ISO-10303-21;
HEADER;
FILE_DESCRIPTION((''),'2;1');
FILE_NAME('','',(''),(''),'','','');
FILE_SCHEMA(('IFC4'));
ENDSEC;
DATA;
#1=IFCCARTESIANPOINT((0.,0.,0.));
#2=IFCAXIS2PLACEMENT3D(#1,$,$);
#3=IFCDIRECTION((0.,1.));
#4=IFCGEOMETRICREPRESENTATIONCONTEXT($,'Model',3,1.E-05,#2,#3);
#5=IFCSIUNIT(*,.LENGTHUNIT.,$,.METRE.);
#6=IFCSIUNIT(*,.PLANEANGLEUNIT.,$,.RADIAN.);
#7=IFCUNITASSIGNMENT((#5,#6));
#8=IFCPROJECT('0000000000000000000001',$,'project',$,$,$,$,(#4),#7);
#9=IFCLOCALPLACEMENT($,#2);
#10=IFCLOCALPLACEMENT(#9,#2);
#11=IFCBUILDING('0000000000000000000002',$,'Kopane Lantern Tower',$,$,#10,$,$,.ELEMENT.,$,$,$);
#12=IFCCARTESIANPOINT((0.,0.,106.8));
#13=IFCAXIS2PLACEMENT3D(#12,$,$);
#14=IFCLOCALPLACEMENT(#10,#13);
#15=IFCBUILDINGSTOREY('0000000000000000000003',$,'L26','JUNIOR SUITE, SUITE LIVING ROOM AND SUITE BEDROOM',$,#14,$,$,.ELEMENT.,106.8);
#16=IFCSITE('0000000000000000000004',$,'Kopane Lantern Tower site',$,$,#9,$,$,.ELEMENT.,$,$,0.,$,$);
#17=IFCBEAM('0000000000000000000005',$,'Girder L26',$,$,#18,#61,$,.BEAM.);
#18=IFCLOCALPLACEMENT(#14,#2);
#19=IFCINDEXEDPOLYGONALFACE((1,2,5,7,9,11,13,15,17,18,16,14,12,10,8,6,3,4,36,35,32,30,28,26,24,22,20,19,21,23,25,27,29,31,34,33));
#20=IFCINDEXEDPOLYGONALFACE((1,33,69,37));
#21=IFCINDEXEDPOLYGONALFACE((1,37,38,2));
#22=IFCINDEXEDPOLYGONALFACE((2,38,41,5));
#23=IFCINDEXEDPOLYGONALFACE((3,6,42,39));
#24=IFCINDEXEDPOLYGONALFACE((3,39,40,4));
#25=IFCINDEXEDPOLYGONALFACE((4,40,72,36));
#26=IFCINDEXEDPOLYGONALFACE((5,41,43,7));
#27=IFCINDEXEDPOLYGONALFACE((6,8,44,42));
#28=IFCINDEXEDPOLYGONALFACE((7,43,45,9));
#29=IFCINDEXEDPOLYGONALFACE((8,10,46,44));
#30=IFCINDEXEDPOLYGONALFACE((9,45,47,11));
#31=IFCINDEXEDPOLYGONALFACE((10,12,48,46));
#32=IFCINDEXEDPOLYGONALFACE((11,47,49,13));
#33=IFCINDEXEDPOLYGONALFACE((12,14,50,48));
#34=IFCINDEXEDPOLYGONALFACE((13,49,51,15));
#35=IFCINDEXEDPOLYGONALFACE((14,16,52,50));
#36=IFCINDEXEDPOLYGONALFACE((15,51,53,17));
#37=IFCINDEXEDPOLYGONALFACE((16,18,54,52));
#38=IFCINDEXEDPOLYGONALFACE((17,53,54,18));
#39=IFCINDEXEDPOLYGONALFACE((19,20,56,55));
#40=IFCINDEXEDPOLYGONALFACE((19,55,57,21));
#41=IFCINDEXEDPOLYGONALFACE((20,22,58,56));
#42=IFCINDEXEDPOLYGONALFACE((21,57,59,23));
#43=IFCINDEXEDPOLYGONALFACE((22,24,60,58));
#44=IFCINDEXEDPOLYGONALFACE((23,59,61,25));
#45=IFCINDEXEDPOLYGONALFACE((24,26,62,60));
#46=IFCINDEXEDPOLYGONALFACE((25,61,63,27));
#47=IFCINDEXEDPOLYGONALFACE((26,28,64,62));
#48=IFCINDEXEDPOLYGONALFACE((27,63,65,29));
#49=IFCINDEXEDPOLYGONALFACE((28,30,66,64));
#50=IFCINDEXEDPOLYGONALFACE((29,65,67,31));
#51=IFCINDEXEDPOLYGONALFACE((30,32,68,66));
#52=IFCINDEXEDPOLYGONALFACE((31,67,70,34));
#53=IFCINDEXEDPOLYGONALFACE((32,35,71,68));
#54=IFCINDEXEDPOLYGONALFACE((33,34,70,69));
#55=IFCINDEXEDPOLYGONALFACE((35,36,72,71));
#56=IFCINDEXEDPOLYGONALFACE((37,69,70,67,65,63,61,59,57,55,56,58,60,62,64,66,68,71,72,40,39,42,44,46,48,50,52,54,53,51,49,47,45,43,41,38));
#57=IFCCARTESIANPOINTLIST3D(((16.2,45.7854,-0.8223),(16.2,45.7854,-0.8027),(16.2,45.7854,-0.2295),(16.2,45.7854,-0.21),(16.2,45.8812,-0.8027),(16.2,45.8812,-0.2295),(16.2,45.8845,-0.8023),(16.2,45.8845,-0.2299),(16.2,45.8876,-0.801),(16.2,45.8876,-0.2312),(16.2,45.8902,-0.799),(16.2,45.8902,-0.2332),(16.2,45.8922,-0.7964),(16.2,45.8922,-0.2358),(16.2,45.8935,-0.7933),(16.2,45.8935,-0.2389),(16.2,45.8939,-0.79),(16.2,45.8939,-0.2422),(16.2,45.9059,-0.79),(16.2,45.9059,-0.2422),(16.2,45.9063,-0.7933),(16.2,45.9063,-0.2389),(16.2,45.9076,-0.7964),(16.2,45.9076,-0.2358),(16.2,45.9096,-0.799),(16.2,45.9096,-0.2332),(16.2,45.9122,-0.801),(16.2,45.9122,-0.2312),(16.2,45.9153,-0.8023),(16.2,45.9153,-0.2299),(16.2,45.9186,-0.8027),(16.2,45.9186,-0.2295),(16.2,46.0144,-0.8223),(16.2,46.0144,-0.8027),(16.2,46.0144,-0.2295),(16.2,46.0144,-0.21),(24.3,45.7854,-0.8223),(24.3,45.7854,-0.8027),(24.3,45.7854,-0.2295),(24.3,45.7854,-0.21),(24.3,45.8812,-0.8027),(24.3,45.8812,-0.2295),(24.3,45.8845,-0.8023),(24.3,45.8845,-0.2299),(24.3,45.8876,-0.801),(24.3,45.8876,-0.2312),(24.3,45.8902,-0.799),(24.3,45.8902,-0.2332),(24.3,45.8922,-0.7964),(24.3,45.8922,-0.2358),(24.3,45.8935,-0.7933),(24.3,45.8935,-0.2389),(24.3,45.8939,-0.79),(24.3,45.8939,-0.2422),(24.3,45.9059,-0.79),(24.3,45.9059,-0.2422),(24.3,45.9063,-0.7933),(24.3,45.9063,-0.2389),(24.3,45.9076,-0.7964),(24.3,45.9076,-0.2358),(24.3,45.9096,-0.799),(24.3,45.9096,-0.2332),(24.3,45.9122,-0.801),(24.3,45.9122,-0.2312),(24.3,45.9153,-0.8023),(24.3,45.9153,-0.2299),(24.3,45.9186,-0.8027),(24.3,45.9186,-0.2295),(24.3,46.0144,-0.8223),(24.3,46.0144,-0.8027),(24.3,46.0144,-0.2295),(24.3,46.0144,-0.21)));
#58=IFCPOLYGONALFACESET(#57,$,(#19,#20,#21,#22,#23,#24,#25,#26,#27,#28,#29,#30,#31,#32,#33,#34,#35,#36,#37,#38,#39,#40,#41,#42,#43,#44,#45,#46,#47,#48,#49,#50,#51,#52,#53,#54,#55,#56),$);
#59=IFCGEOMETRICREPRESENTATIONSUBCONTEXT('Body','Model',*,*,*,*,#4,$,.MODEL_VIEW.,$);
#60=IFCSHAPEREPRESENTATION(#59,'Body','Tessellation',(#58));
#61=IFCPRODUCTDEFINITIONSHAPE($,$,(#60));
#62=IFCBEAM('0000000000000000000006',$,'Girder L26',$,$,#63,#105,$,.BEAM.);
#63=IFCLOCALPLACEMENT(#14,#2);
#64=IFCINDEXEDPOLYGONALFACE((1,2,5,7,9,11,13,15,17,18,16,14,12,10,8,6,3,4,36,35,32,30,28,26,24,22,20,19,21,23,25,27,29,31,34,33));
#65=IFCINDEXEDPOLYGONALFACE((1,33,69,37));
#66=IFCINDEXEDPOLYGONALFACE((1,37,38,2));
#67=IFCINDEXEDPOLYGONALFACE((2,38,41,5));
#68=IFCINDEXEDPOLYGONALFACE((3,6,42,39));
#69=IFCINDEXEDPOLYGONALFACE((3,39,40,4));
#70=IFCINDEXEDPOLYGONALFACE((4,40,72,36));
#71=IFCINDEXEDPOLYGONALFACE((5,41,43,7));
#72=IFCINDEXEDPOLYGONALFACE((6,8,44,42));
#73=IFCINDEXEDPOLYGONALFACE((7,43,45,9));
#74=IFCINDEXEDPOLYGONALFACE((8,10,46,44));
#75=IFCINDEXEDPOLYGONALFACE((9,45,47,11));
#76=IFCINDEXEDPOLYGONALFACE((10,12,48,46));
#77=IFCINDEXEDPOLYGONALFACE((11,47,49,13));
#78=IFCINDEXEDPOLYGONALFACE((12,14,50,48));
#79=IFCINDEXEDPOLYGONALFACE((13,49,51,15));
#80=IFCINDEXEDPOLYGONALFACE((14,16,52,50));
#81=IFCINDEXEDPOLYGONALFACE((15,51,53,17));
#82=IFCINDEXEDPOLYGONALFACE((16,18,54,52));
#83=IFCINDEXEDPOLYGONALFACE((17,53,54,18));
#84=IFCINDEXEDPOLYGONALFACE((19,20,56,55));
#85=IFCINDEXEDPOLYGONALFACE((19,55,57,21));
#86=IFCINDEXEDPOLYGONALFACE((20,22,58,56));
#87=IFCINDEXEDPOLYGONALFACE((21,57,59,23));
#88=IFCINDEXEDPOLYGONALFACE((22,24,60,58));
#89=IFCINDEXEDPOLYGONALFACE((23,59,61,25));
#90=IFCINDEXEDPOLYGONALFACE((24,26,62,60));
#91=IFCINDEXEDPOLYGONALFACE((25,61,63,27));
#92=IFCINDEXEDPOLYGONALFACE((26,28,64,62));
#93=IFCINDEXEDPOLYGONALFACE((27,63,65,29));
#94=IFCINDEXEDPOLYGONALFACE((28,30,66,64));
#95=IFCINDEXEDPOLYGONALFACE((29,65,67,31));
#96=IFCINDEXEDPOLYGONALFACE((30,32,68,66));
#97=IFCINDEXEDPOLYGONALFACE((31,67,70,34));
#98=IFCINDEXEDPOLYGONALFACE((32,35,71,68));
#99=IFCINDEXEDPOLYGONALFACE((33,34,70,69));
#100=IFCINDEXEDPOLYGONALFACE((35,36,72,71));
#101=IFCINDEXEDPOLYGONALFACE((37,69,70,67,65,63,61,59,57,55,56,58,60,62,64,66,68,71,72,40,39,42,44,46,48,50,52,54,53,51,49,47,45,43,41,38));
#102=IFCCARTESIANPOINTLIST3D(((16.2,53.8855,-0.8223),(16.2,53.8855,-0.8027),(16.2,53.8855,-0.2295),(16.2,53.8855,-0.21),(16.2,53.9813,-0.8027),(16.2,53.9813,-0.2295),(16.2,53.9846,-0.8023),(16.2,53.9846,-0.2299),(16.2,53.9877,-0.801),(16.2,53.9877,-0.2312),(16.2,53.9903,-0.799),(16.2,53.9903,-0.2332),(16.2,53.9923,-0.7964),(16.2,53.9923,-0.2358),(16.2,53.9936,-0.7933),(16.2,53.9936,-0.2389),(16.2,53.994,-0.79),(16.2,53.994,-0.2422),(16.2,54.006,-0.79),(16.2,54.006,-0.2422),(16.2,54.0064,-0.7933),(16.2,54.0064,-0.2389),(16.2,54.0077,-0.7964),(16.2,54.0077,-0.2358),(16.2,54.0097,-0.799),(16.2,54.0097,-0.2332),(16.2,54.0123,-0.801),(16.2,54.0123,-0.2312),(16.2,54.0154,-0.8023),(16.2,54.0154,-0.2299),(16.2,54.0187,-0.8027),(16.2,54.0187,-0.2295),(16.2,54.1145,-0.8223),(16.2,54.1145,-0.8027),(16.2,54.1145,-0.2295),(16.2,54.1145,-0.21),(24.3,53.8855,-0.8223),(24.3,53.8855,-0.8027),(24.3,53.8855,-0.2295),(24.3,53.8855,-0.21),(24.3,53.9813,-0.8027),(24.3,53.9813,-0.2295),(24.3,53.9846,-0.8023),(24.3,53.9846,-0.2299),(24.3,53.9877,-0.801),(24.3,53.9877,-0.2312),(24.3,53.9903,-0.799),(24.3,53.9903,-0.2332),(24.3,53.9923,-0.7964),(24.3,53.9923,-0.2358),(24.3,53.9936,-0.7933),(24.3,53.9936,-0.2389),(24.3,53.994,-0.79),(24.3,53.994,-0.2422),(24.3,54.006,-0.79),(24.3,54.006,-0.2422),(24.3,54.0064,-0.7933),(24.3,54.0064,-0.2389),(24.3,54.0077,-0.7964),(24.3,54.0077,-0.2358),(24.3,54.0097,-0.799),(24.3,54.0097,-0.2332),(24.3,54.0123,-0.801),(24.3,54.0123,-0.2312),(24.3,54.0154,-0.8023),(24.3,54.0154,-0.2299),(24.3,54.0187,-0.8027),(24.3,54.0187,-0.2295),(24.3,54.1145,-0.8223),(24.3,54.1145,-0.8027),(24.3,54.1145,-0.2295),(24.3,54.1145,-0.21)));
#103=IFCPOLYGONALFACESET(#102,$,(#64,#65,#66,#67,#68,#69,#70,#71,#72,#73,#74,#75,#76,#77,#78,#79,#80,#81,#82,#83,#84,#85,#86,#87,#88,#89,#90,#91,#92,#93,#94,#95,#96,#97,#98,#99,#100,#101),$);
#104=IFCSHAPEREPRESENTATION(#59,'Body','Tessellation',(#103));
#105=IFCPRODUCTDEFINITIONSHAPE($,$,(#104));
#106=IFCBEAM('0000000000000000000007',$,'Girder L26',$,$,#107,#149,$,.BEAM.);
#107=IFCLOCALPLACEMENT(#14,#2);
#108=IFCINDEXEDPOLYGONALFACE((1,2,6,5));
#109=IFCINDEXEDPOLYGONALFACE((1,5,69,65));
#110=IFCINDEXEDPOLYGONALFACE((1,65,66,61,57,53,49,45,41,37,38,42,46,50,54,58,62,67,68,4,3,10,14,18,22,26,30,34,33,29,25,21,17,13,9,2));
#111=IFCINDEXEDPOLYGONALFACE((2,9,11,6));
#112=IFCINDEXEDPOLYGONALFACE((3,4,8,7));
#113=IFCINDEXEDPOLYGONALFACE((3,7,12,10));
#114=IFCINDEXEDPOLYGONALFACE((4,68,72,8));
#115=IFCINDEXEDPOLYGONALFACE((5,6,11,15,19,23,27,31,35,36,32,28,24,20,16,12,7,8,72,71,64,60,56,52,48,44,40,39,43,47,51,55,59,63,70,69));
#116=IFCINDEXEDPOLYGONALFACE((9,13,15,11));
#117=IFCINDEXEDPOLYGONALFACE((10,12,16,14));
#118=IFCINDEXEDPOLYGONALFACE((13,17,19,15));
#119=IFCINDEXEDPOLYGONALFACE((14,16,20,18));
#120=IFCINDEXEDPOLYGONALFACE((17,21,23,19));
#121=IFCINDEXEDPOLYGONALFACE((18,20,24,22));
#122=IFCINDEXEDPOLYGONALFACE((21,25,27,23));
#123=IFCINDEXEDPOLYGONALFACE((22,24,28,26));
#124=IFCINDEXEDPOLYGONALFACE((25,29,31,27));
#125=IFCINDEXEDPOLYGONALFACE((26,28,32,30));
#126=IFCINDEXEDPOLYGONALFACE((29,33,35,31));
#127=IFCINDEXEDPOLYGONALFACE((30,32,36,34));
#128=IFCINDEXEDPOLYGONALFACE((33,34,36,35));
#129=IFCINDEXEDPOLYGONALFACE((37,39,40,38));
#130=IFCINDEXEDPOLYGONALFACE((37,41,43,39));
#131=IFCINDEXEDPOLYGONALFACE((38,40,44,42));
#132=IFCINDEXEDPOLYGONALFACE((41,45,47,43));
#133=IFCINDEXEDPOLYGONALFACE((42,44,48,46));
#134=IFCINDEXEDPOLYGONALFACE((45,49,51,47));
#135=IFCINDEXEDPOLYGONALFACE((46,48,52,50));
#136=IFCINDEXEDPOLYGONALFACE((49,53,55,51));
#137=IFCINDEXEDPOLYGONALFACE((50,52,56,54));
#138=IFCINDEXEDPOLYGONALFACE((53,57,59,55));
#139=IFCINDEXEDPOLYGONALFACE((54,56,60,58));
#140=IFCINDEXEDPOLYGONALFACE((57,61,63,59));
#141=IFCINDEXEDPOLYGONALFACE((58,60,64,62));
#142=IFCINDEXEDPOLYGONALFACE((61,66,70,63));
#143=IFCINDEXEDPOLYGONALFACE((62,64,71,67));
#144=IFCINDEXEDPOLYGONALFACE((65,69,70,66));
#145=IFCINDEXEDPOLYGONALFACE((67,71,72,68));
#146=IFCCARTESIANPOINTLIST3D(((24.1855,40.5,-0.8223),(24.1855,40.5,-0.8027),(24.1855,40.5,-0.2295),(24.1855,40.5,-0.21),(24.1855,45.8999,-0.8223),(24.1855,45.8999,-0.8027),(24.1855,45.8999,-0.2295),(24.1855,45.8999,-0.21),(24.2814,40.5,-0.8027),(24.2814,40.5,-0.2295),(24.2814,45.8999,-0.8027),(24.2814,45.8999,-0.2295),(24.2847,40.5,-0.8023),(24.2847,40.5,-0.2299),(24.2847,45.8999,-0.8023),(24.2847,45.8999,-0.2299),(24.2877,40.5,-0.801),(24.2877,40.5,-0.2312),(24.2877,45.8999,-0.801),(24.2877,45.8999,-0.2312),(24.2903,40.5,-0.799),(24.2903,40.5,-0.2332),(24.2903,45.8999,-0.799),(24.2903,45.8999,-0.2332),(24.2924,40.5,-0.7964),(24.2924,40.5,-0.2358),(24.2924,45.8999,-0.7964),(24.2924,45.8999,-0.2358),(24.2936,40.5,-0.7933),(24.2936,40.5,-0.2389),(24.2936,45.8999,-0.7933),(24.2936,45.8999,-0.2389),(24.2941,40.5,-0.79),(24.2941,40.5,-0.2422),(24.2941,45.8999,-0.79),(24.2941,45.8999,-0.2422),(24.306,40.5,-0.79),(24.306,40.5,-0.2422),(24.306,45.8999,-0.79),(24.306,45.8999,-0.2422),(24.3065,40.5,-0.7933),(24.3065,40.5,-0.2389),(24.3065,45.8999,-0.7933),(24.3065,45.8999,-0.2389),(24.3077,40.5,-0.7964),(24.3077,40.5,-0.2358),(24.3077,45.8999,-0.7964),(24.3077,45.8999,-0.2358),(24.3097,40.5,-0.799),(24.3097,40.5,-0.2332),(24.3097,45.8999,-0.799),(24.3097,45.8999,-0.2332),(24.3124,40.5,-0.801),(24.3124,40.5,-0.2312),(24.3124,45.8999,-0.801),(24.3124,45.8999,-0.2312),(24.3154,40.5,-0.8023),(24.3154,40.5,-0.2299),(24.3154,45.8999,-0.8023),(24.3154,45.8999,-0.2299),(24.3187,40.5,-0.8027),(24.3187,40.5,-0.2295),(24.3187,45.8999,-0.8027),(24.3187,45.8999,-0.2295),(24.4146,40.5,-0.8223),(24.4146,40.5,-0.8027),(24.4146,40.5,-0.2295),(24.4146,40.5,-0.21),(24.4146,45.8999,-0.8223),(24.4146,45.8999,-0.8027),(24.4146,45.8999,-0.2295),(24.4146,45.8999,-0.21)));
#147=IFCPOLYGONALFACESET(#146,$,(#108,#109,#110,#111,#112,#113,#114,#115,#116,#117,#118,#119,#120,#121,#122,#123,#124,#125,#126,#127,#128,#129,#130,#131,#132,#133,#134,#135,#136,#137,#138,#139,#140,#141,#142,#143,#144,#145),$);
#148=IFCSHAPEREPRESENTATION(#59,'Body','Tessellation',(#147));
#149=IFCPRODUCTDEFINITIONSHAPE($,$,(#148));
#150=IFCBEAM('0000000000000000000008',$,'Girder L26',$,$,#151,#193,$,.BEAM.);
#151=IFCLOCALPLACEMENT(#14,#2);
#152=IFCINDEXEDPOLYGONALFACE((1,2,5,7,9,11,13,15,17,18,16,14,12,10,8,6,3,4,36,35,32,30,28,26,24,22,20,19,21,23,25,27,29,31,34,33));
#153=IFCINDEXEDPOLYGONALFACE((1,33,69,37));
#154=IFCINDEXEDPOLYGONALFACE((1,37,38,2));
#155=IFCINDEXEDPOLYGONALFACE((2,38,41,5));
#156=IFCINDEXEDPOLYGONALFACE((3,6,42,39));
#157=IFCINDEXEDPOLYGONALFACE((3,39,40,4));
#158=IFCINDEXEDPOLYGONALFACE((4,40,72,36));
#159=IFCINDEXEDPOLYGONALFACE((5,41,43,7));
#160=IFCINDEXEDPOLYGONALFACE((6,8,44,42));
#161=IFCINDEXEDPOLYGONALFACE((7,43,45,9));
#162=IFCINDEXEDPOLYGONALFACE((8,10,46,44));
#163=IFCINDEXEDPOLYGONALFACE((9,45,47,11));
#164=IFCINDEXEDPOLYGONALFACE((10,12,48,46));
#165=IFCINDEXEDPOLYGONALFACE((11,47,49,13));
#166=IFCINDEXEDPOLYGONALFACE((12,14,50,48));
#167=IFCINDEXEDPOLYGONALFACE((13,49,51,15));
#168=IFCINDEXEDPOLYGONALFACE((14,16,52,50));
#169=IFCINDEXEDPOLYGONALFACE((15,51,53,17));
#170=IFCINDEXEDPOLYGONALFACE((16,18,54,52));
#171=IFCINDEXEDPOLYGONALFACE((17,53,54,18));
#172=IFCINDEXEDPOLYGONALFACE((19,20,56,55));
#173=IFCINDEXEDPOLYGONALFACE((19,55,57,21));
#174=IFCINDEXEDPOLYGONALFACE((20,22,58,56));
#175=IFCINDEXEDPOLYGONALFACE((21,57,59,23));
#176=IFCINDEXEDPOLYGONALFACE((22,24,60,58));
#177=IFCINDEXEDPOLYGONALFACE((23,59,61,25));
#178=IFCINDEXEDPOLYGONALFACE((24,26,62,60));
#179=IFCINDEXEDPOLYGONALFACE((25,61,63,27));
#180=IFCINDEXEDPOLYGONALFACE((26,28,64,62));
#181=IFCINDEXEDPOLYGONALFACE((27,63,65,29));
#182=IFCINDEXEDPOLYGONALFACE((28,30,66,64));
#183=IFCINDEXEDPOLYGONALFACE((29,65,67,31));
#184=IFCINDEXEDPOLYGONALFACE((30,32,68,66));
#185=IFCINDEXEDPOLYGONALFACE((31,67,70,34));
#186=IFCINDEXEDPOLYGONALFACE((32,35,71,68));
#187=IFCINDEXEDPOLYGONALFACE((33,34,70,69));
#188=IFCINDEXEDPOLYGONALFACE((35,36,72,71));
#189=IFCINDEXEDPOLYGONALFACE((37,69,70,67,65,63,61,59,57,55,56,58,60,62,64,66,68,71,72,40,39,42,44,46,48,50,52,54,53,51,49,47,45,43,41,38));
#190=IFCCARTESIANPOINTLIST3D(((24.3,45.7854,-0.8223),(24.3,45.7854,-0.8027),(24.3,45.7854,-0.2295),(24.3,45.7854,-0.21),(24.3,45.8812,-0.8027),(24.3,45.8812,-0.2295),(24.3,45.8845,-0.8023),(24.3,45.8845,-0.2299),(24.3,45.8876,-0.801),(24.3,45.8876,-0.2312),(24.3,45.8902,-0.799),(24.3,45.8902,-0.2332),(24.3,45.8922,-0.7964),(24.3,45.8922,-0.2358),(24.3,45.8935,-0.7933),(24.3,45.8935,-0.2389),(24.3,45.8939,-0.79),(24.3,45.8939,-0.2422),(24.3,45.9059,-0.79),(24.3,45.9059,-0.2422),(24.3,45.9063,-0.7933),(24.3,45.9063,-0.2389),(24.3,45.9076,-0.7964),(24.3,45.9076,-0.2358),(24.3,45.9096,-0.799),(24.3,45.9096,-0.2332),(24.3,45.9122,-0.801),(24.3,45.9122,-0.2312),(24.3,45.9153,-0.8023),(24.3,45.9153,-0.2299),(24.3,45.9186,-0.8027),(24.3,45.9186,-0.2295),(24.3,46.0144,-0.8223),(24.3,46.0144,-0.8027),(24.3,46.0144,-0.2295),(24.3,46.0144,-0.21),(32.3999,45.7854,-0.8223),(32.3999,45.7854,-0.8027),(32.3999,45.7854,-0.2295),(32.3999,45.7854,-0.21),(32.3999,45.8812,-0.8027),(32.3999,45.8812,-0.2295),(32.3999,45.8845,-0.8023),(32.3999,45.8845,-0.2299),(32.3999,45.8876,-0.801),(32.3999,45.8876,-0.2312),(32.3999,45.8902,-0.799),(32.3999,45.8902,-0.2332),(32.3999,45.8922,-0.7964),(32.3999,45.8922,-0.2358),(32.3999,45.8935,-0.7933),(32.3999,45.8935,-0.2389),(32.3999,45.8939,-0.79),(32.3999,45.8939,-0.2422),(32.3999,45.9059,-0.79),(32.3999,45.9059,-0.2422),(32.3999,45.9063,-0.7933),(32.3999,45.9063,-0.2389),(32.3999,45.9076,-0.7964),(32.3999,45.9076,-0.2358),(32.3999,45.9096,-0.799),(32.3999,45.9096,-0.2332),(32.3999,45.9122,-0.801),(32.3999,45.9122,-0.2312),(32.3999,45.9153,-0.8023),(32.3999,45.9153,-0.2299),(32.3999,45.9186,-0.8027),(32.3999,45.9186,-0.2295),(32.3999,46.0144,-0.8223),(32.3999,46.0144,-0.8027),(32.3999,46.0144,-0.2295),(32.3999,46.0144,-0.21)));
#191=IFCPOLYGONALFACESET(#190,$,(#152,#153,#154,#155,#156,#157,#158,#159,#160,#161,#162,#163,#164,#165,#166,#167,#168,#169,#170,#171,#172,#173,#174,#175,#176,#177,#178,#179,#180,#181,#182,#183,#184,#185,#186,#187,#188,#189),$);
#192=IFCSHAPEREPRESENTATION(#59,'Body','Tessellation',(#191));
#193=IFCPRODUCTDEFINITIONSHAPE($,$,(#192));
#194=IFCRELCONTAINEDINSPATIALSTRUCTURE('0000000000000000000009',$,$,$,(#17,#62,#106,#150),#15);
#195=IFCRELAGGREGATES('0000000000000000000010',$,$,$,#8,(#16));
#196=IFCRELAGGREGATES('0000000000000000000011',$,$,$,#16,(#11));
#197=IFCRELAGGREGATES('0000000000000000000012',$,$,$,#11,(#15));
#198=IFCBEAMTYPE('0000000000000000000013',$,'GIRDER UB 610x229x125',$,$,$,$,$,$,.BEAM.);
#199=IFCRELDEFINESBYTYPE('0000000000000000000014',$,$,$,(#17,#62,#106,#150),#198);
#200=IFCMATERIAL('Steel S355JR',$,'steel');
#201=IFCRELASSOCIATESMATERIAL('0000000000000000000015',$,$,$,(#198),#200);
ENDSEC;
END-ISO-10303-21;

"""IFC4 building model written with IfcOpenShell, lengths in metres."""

from ifc_helpers import new_model, si_unit, direction, frame, origin, origin_2d, place, context, subcontext, project, spatial, i_section, extrude, material, material_profile, profile_set, type_object, element, save


model = new_model("IFC4")

# Units and contexts
model_context = context("Model", 3, precision=1e-05, world=origin(), true_north=direction((0.0, 1.0)))
body_context = subcontext(model_context, "Body", "Model", "MODEL_VIEW")
ifc_project = project(units=[si_unit("LENGTHUNIT", "METRE"), si_unit("PLANEANGLEUNIT", "RADIAN")], contexts=[model_context])

# Site, building, storey
site_placement = place(None, origin())
site = spatial("IfcSite", under=ifc_project, at=site_placement, Name="Kopane Lantern Tower site", CompositionType="ELEMENT", RefElevation=0.0)
building_placement = place(site_placement, origin())
building = spatial("IfcBuilding", under=site, at=building_placement, Name="Kopane Lantern Tower", CompositionType="ELEMENT")
storey_placement = place(building_placement, frame((0.0, 0.0, 106.8)))
storey = spatial("IfcBuildingStorey", under=building, at=storey_placement, Name="L26", Description="JUNIOR SUITE, SUITE LIVING ROOM AND SUITE BEDROOM", CompositionType="ELEMENT", Elevation=106.8)

# Beams
ifc_material_1 = material(Name="Steel S355JR", Category="steel")
ifc_material_profile_1 = material_profile(ifc_material_1, i_section(OverallWidth=0.229, OverallDepth=0.6123, WebThickness=0.012, FlangeThickness=0.0195, FilletRadius=0.0127, at=origin_2d()), Name="UB 610x229x125")
ifc_profile_set_1 = profile_set([ifc_material_profile_1], Name="Steel S355JR")
beam_type_1 = type_object("IfcBeamType", Name="GIRDER UB 610x229x125", PredefinedType="BEAM", material=ifc_profile_set_1)
for number, where, z_axis, x_axis, name in (
    (1, (16.2, 45.8999, -0.5161), (1.0, 0.0, 0.0), (0.0, 1.0, 0.0), "Girder L26"),
    (2, (16.2, 54.0, -0.5161), (1.0, 0.0, 0.0), (0.0, 1.0, 0.0), "Girder L26"),
):
    element("IfcBeam", number, at=place(storey_placement, frame(where, z_axis=z_axis, x_axis=x_axis)), inside=storey, type_object=beam_type_1, Name=name, PredefinedType="BEAM", context=body_context, shape_type="SweptSolid", body=[
        extrude(i_section(OverallWidth=0.229, OverallDepth=0.6123, WebThickness=0.012, FlangeThickness=0.0195, FilletRadius=0.0127, at=origin_2d()), origin(), (0.0, 0.0, 1.0), 8.1001),
    ])
beam_1_placement = place(storey_placement, frame((24.3, 40.5, -0.5161), z_axis=(0.0, 1.0, 0.0), x_axis=(-1.0, 0.0, 0.0)))
element("IfcBeam", 3, at=beam_1_placement, inside=storey, type_object=beam_type_1, Name="Girder L26", PredefinedType="BEAM", context=body_context, shape_type="SweptSolid", body=[
    extrude(i_section(OverallWidth=0.229, OverallDepth=0.6123, WebThickness=0.012, FlangeThickness=0.0195, FilletRadius=0.0127, at=origin_2d()), origin(), (0.0, 0.0, 1.0), 5.3999),
])
for number, where, z_axis, x_axis, name in (
    (4, (24.3, 45.8999, -0.5161), (1.0, 0.0, 0.0), (0.0, 1.0, 0.0), "Girder L26"),
):
    element("IfcBeam", number, at=place(storey_placement, frame(where, z_axis=z_axis, x_axis=x_axis)), inside=storey, type_object=beam_type_1, Name=name, PredefinedType="BEAM", context=body_context, shape_type="SweptSolid", body=[
        extrude(i_section(OverallWidth=0.229, OverallDepth=0.6123, WebThickness=0.012, FlangeThickness=0.0195, FilletRadius=0.0127, at=origin_2d()), origin(), (0.0, 0.0, 1.0), 8.0999),
    ])

save(model, "model.ifc")
